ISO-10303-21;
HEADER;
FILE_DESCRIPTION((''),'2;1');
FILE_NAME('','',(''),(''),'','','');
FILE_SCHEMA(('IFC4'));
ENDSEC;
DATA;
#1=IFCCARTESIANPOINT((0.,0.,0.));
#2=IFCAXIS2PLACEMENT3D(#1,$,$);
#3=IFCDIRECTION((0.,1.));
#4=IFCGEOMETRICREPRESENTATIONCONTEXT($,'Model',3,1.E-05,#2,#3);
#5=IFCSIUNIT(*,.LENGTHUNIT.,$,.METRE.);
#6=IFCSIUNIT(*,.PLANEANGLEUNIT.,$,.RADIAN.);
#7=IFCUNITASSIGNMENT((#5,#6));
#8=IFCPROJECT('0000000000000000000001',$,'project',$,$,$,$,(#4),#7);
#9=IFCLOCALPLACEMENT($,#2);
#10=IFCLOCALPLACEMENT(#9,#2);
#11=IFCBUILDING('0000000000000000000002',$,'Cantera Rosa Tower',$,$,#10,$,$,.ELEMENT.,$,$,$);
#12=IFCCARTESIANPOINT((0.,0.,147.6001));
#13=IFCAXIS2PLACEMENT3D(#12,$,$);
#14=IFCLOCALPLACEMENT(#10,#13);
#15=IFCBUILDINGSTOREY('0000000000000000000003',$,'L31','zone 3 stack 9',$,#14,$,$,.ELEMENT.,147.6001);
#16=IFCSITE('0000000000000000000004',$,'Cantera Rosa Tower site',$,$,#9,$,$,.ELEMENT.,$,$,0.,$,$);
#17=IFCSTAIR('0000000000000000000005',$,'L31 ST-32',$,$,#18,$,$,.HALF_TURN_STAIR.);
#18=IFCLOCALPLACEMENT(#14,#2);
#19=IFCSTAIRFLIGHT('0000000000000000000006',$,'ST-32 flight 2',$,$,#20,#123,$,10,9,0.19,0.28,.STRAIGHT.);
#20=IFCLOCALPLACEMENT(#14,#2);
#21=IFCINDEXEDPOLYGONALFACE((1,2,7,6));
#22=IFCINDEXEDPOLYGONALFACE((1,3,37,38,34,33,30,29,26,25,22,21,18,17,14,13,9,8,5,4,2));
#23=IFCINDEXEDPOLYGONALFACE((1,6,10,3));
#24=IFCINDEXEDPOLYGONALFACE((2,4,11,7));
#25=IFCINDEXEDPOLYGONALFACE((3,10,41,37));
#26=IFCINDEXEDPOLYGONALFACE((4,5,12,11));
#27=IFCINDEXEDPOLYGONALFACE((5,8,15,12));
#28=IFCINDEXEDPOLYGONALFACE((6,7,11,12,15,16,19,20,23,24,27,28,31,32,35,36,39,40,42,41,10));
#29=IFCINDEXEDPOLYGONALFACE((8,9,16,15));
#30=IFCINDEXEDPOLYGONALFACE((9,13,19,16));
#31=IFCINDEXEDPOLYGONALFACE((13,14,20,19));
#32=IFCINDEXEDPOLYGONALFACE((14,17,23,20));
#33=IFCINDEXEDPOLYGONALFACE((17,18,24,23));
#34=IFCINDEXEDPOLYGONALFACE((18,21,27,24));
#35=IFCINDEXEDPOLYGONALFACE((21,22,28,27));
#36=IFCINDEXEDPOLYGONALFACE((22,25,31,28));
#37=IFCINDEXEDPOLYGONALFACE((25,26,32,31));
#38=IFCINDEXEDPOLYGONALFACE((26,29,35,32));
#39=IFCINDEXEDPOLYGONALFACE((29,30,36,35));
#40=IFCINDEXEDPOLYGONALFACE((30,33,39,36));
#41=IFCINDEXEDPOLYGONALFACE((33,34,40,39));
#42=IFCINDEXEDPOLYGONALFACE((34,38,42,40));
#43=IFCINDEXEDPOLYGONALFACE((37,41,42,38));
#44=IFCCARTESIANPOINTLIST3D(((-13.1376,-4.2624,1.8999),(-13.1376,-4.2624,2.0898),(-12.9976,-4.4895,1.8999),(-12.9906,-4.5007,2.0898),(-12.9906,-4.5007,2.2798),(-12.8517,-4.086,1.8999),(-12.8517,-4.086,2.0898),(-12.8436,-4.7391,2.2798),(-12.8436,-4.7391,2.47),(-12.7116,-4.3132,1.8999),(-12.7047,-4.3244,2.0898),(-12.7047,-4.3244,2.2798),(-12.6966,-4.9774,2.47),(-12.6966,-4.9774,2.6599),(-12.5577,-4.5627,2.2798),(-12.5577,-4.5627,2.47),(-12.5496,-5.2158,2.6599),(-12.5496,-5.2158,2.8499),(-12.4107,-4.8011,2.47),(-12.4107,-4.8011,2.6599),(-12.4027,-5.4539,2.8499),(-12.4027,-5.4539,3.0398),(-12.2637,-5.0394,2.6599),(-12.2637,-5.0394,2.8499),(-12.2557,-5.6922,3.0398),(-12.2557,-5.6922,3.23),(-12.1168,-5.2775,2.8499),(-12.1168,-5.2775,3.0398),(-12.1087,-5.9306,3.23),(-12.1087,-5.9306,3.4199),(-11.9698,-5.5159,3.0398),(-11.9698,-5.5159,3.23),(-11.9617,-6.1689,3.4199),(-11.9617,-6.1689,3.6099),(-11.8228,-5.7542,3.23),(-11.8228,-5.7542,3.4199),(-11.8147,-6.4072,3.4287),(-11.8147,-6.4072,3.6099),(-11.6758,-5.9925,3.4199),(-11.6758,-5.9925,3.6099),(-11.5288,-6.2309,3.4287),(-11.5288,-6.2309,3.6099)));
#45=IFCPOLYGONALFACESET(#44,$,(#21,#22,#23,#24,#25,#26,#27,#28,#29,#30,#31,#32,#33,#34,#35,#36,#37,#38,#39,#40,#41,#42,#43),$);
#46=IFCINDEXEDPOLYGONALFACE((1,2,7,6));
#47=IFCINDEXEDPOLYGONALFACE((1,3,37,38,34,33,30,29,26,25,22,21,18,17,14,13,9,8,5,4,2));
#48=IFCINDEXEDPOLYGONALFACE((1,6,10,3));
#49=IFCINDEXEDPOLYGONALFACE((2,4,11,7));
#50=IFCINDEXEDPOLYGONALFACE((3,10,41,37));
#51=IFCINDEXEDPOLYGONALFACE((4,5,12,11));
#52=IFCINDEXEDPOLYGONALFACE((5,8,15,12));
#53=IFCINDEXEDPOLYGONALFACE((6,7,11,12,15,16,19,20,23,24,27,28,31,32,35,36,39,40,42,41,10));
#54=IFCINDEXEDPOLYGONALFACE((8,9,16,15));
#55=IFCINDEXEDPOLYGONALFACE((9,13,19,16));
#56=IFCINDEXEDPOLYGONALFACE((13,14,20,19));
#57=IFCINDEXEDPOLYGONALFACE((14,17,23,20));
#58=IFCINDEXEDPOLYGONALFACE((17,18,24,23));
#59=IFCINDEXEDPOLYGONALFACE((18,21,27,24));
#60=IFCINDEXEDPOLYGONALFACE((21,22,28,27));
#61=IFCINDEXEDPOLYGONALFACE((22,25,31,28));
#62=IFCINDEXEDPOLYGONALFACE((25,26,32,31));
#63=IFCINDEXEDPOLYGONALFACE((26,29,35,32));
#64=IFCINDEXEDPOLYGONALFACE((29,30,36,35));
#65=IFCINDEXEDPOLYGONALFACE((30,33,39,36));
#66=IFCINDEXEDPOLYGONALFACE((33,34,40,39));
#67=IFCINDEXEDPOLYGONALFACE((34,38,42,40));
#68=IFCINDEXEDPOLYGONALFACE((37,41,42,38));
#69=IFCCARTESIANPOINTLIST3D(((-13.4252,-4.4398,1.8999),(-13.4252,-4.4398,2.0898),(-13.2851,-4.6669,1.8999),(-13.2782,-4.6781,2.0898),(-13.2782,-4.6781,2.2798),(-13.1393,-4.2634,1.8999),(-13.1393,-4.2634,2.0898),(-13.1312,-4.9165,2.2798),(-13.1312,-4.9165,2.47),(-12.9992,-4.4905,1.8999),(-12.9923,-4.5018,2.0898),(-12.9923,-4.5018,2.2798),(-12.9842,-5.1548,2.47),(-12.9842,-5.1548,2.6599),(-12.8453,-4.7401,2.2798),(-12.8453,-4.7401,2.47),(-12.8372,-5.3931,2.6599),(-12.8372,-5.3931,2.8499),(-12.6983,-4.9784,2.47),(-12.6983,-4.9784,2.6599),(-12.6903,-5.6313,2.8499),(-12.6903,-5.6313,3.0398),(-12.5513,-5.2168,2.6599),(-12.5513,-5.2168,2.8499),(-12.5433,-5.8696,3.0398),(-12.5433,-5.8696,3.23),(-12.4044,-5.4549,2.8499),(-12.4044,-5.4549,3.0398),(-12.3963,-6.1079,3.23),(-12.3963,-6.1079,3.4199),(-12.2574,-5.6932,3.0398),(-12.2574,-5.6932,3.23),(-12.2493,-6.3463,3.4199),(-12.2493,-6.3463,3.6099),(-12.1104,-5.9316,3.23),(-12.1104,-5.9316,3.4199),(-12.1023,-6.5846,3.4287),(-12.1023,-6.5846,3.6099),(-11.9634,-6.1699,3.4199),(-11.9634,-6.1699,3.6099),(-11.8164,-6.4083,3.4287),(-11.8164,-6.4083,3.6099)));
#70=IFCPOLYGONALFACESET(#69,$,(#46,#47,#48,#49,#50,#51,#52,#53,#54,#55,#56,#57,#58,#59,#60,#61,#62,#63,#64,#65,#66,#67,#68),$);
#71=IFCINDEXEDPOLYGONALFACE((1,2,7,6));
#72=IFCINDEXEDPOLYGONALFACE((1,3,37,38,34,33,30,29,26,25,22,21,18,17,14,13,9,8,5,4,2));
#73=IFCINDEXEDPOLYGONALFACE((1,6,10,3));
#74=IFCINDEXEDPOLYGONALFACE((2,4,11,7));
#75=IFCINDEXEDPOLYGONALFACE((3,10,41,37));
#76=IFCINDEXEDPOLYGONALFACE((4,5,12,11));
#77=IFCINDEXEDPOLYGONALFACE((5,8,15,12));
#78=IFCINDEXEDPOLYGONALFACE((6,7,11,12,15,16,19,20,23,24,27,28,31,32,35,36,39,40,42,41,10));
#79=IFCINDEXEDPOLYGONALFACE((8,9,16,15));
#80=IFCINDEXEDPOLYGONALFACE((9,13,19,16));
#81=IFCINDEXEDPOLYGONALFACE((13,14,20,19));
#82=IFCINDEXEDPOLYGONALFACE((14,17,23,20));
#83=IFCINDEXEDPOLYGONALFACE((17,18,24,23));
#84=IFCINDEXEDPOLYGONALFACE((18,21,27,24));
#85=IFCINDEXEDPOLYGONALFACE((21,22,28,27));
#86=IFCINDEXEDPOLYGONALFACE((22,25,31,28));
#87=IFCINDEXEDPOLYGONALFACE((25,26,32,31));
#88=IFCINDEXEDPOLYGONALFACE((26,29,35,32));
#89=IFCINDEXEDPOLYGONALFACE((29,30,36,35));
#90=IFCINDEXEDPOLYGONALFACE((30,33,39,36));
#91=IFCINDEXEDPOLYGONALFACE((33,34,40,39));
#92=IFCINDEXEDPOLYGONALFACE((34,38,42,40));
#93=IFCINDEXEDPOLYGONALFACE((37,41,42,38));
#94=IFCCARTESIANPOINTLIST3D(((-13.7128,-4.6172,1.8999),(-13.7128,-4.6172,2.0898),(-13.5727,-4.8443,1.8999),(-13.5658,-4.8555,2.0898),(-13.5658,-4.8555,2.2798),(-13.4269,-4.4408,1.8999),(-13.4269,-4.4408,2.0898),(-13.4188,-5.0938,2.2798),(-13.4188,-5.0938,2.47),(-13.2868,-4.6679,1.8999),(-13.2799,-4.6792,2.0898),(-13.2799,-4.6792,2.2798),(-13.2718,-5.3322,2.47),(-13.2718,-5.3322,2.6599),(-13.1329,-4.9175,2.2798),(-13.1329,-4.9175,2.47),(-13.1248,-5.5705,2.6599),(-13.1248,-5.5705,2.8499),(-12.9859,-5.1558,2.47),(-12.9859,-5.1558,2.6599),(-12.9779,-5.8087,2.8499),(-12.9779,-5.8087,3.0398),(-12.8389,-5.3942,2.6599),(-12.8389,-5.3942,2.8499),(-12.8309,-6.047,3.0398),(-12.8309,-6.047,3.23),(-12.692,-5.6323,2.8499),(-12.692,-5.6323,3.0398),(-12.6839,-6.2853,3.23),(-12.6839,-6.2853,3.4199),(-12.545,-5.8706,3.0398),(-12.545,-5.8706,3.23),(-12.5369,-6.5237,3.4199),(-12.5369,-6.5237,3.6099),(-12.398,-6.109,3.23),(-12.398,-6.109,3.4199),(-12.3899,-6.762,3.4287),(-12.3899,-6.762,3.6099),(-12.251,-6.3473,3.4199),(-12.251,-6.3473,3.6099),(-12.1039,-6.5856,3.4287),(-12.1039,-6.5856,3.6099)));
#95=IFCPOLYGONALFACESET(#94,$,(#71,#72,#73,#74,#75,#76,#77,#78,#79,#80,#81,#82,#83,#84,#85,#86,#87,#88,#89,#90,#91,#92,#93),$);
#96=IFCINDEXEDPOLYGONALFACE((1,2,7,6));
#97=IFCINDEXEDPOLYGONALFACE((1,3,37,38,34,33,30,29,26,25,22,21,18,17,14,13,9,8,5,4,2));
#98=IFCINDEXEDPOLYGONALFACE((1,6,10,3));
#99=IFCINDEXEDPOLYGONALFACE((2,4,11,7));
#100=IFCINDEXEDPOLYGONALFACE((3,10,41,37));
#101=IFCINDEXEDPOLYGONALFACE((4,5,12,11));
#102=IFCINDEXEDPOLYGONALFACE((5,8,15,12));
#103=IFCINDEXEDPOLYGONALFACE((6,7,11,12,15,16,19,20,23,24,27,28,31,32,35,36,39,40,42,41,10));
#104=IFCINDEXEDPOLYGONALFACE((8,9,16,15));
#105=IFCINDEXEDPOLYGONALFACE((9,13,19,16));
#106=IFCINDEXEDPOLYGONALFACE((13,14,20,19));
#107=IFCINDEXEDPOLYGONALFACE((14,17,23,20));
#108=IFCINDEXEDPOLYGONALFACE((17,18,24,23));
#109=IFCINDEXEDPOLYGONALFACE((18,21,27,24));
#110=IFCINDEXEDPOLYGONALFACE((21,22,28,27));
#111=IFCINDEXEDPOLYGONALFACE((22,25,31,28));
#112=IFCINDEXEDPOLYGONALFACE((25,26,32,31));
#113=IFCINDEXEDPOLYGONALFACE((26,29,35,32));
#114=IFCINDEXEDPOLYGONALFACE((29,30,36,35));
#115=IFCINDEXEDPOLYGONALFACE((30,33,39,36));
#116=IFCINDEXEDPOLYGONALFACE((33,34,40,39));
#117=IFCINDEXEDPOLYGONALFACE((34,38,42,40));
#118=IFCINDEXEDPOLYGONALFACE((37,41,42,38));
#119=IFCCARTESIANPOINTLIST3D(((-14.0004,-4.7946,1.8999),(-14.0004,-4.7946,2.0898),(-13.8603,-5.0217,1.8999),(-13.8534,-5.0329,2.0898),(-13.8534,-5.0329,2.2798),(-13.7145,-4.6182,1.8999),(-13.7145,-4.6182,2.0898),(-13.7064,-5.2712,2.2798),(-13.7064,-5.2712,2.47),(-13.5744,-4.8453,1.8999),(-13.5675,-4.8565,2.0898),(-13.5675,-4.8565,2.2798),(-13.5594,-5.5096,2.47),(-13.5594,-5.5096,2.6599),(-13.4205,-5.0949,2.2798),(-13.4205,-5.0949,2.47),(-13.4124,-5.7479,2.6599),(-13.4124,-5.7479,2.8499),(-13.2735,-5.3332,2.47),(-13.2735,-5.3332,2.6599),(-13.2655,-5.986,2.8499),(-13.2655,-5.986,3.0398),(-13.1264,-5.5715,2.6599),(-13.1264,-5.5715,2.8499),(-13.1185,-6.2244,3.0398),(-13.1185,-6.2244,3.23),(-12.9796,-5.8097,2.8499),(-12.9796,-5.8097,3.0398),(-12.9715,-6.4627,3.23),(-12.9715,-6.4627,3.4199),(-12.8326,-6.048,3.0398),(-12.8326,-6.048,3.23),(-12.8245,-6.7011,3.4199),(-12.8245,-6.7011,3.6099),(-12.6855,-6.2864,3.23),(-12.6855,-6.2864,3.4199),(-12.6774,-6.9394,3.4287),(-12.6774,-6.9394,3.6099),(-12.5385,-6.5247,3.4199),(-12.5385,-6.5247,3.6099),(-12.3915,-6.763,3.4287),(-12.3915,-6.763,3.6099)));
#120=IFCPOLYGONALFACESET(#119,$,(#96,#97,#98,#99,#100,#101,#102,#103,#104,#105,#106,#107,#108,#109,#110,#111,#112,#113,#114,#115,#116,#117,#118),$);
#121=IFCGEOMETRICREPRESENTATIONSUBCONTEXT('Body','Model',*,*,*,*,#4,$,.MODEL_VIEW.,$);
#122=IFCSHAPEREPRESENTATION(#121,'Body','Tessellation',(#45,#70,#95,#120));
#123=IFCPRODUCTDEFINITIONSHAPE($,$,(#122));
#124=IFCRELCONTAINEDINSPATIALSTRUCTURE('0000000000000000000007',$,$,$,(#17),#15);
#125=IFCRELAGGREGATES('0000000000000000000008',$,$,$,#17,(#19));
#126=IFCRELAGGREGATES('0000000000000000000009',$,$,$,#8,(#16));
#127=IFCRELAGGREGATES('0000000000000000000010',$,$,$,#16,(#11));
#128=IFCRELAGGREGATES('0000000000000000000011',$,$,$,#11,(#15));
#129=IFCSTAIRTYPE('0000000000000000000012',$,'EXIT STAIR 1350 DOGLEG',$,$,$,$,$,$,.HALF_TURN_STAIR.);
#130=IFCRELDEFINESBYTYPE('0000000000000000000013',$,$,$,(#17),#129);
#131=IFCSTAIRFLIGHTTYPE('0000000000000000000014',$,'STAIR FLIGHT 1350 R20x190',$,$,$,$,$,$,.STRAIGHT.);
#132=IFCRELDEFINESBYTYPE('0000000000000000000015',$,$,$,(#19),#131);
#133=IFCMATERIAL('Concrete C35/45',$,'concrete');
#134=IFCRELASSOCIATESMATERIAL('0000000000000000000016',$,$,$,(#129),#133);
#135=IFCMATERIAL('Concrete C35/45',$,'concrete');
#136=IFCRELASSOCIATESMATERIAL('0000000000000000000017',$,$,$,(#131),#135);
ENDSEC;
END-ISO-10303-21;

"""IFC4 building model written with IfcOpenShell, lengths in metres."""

from ifc_helpers import new_model, si_unit, direction, frame, origin, place, context, subcontext, project, spatial, polyline, outline, extrude, material, type_object, element, aggregate, save


model = new_model("IFC4")

# Units and contexts
model_context = context("Model", 3, precision=1e-05, world=origin(), true_north=direction((0.0, 1.0)))
body_context = subcontext(model_context, "Body", "Model", "MODEL_VIEW")
ifc_project = project(units=[si_unit("LENGTHUNIT", "METRE"), si_unit("PLANEANGLEUNIT", "RADIAN")], contexts=[model_context])

# Site, building, storey
site_placement = place(None, origin())
site = spatial("IfcSite", under=ifc_project, at=site_placement, Name="Cantera Rosa Tower site", CompositionType="ELEMENT", RefElevation=0.0)
building_placement = place(site_placement, origin())
building = spatial("IfcBuilding", under=site, at=building_placement, Name="Cantera Rosa Tower", CompositionType="ELEMENT")
storey_placement = place(building_placement, frame((0.0, 0.0, 147.6001)))
storey = spatial("IfcBuildingStorey", under=building, at=storey_placement, Name="L31", Description="zone 3 stack 9", CompositionType="ELEMENT", Elevation=147.6001)

# Stair, stair flight
ifc_material_1 = material(Name="Concrete C35/45", Category="concrete")
stair_type = type_object("IfcStairType", Name="EXIT STAIR 1350 DOGLEG", PredefinedType="HALF_TURN_STAIR", material=ifc_material_1)
stair_placement = place(storey_placement, origin())
stair = element("IfcStair", 1, at=stair_placement, inside=storey, type_object=stair_type, Name="L31 ST-32", PredefinedType="HALF_TURN_STAIR")
ifc_material_2 = material(Name="Concrete C35/45", Category="concrete")
stair_flight_type = type_object("IfcStairFlightType", Name="STAIR FLIGHT 1350 R20x190", PredefinedType="STRAIGHT", material=ifc_material_2)
stair_flight_placement = place(storey_placement, frame((-13.4263, -4.4404, 1.8999), z_axis=(0.0, 0.0, 1.0), x_axis=(0.524977, -0.851117, 0.0)))
stair_flight = element("IfcStairFlight", 2, at=stair_flight_placement, type_object=stair_flight_type, Name="ST-32 flight 2", NumberOfRisers=10, NumberOfTreads=9, PredefinedType="STRAIGHT", RiserHeight=0.19, TreadLength=0.28, context=body_context, shape_type="SweptSolid", body=[
    extrude(outline(polyline([(0.0, 0.0), (0.0, 0.1899), (0.28, 0.1899), (0.28, 0.3799), (0.5601, 0.3799), (0.5601, 0.5701), (0.8401, 0.5701), (0.8401, 0.76), (1.1201, 0.76), (1.1201, 0.95), (1.3999, 0.95), (1.3999, 1.1399), (1.6799, 1.1399), (1.6799, 1.3301), (1.96, 1.3301), (1.96, 1.52), (2.24, 1.52), (2.24, 1.71), (2.52, 1.71), (2.52, 1.8999), (2.52, 1.5288), (0.2668, 0.0), (0.0, 0.0)])), frame((0.0, 0.675, 0.0), z_axis=(0.0, -1.0, 0.0), x_axis=(1.0, 0.0, 0.0)), (0.0, 0.0, 1.0), 0.3359),
    extrude(outline(polyline([(0.0, 0.0), (0.0, 0.1899), (0.28, 0.1899), (0.28, 0.3799), (0.5601, 0.3799), (0.5601, 0.5701), (0.8401, 0.5701), (0.8401, 0.76), (1.1201, 0.76), (1.1201, 0.95), (1.3999, 0.95), (1.3999, 1.1399), (1.6799, 1.1399), (1.6799, 1.3301), (1.96, 1.3301), (1.96, 1.52), (2.24, 1.52), (2.24, 1.71), (2.52, 1.71), (2.52, 1.8999), (2.52, 1.5288), (0.2668, 0.0), (0.0, 0.0)])), frame((0.0, 0.3372, 0.0), z_axis=(0.0, -1.0, 0.0), x_axis=(1.0, 0.0, 0.0)), (0.0, 0.0, 1.0), 0.3359),
    extrude(outline(polyline([(0.0, 0.0), (0.0, 0.1899), (0.28, 0.1899), (0.28, 0.3799), (0.5601, 0.3799), (0.5601, 0.5701), (0.8401, 0.5701), (0.8401, 0.76), (1.1201, 0.76), (1.1201, 0.95), (1.3999, 0.95), (1.3999, 1.1399), (1.6799, 1.1399), (1.6799, 1.3301), (1.96, 1.3301), (1.96, 1.52), (2.24, 1.52), (2.24, 1.71), (2.52, 1.71), (2.52, 1.8999), (2.52, 1.5288), (0.2668, 0.0), (0.0, 0.0)])), frame((0.0, -0.0007, 0.0), z_axis=(0.0, -1.0, 0.0), x_axis=(1.0, 0.0, 0.0)), (0.0, 0.0, 1.0), 0.3359),
    extrude(outline(polyline([(0.0, 0.0), (0.0, 0.1899), (0.28, 0.1899), (0.28, 0.3799), (0.5601, 0.3799), (0.5601, 0.5701), (0.8401, 0.5701), (0.8401, 0.76), (1.1201, 0.76), (1.1201, 0.95), (1.3999, 0.95), (1.3999, 1.1399), (1.6799, 1.1399), (1.6799, 1.3301), (1.96, 1.3301), (1.96, 1.52), (2.24, 1.52), (2.24, 1.71), (2.52, 1.71), (2.52, 1.8999), (2.52, 1.5288), (0.2668, 0.0), (0.0, 0.0)])), frame((0.0, -0.3386, 0.0), z_axis=(0.0, -1.0, 0.0), x_axis=(1.0, 0.0, 0.0)), (0.0, 0.0, 1.0), 0.3359),
])
aggregate(stair, [stair_flight])

save(model, "model.ifc")
